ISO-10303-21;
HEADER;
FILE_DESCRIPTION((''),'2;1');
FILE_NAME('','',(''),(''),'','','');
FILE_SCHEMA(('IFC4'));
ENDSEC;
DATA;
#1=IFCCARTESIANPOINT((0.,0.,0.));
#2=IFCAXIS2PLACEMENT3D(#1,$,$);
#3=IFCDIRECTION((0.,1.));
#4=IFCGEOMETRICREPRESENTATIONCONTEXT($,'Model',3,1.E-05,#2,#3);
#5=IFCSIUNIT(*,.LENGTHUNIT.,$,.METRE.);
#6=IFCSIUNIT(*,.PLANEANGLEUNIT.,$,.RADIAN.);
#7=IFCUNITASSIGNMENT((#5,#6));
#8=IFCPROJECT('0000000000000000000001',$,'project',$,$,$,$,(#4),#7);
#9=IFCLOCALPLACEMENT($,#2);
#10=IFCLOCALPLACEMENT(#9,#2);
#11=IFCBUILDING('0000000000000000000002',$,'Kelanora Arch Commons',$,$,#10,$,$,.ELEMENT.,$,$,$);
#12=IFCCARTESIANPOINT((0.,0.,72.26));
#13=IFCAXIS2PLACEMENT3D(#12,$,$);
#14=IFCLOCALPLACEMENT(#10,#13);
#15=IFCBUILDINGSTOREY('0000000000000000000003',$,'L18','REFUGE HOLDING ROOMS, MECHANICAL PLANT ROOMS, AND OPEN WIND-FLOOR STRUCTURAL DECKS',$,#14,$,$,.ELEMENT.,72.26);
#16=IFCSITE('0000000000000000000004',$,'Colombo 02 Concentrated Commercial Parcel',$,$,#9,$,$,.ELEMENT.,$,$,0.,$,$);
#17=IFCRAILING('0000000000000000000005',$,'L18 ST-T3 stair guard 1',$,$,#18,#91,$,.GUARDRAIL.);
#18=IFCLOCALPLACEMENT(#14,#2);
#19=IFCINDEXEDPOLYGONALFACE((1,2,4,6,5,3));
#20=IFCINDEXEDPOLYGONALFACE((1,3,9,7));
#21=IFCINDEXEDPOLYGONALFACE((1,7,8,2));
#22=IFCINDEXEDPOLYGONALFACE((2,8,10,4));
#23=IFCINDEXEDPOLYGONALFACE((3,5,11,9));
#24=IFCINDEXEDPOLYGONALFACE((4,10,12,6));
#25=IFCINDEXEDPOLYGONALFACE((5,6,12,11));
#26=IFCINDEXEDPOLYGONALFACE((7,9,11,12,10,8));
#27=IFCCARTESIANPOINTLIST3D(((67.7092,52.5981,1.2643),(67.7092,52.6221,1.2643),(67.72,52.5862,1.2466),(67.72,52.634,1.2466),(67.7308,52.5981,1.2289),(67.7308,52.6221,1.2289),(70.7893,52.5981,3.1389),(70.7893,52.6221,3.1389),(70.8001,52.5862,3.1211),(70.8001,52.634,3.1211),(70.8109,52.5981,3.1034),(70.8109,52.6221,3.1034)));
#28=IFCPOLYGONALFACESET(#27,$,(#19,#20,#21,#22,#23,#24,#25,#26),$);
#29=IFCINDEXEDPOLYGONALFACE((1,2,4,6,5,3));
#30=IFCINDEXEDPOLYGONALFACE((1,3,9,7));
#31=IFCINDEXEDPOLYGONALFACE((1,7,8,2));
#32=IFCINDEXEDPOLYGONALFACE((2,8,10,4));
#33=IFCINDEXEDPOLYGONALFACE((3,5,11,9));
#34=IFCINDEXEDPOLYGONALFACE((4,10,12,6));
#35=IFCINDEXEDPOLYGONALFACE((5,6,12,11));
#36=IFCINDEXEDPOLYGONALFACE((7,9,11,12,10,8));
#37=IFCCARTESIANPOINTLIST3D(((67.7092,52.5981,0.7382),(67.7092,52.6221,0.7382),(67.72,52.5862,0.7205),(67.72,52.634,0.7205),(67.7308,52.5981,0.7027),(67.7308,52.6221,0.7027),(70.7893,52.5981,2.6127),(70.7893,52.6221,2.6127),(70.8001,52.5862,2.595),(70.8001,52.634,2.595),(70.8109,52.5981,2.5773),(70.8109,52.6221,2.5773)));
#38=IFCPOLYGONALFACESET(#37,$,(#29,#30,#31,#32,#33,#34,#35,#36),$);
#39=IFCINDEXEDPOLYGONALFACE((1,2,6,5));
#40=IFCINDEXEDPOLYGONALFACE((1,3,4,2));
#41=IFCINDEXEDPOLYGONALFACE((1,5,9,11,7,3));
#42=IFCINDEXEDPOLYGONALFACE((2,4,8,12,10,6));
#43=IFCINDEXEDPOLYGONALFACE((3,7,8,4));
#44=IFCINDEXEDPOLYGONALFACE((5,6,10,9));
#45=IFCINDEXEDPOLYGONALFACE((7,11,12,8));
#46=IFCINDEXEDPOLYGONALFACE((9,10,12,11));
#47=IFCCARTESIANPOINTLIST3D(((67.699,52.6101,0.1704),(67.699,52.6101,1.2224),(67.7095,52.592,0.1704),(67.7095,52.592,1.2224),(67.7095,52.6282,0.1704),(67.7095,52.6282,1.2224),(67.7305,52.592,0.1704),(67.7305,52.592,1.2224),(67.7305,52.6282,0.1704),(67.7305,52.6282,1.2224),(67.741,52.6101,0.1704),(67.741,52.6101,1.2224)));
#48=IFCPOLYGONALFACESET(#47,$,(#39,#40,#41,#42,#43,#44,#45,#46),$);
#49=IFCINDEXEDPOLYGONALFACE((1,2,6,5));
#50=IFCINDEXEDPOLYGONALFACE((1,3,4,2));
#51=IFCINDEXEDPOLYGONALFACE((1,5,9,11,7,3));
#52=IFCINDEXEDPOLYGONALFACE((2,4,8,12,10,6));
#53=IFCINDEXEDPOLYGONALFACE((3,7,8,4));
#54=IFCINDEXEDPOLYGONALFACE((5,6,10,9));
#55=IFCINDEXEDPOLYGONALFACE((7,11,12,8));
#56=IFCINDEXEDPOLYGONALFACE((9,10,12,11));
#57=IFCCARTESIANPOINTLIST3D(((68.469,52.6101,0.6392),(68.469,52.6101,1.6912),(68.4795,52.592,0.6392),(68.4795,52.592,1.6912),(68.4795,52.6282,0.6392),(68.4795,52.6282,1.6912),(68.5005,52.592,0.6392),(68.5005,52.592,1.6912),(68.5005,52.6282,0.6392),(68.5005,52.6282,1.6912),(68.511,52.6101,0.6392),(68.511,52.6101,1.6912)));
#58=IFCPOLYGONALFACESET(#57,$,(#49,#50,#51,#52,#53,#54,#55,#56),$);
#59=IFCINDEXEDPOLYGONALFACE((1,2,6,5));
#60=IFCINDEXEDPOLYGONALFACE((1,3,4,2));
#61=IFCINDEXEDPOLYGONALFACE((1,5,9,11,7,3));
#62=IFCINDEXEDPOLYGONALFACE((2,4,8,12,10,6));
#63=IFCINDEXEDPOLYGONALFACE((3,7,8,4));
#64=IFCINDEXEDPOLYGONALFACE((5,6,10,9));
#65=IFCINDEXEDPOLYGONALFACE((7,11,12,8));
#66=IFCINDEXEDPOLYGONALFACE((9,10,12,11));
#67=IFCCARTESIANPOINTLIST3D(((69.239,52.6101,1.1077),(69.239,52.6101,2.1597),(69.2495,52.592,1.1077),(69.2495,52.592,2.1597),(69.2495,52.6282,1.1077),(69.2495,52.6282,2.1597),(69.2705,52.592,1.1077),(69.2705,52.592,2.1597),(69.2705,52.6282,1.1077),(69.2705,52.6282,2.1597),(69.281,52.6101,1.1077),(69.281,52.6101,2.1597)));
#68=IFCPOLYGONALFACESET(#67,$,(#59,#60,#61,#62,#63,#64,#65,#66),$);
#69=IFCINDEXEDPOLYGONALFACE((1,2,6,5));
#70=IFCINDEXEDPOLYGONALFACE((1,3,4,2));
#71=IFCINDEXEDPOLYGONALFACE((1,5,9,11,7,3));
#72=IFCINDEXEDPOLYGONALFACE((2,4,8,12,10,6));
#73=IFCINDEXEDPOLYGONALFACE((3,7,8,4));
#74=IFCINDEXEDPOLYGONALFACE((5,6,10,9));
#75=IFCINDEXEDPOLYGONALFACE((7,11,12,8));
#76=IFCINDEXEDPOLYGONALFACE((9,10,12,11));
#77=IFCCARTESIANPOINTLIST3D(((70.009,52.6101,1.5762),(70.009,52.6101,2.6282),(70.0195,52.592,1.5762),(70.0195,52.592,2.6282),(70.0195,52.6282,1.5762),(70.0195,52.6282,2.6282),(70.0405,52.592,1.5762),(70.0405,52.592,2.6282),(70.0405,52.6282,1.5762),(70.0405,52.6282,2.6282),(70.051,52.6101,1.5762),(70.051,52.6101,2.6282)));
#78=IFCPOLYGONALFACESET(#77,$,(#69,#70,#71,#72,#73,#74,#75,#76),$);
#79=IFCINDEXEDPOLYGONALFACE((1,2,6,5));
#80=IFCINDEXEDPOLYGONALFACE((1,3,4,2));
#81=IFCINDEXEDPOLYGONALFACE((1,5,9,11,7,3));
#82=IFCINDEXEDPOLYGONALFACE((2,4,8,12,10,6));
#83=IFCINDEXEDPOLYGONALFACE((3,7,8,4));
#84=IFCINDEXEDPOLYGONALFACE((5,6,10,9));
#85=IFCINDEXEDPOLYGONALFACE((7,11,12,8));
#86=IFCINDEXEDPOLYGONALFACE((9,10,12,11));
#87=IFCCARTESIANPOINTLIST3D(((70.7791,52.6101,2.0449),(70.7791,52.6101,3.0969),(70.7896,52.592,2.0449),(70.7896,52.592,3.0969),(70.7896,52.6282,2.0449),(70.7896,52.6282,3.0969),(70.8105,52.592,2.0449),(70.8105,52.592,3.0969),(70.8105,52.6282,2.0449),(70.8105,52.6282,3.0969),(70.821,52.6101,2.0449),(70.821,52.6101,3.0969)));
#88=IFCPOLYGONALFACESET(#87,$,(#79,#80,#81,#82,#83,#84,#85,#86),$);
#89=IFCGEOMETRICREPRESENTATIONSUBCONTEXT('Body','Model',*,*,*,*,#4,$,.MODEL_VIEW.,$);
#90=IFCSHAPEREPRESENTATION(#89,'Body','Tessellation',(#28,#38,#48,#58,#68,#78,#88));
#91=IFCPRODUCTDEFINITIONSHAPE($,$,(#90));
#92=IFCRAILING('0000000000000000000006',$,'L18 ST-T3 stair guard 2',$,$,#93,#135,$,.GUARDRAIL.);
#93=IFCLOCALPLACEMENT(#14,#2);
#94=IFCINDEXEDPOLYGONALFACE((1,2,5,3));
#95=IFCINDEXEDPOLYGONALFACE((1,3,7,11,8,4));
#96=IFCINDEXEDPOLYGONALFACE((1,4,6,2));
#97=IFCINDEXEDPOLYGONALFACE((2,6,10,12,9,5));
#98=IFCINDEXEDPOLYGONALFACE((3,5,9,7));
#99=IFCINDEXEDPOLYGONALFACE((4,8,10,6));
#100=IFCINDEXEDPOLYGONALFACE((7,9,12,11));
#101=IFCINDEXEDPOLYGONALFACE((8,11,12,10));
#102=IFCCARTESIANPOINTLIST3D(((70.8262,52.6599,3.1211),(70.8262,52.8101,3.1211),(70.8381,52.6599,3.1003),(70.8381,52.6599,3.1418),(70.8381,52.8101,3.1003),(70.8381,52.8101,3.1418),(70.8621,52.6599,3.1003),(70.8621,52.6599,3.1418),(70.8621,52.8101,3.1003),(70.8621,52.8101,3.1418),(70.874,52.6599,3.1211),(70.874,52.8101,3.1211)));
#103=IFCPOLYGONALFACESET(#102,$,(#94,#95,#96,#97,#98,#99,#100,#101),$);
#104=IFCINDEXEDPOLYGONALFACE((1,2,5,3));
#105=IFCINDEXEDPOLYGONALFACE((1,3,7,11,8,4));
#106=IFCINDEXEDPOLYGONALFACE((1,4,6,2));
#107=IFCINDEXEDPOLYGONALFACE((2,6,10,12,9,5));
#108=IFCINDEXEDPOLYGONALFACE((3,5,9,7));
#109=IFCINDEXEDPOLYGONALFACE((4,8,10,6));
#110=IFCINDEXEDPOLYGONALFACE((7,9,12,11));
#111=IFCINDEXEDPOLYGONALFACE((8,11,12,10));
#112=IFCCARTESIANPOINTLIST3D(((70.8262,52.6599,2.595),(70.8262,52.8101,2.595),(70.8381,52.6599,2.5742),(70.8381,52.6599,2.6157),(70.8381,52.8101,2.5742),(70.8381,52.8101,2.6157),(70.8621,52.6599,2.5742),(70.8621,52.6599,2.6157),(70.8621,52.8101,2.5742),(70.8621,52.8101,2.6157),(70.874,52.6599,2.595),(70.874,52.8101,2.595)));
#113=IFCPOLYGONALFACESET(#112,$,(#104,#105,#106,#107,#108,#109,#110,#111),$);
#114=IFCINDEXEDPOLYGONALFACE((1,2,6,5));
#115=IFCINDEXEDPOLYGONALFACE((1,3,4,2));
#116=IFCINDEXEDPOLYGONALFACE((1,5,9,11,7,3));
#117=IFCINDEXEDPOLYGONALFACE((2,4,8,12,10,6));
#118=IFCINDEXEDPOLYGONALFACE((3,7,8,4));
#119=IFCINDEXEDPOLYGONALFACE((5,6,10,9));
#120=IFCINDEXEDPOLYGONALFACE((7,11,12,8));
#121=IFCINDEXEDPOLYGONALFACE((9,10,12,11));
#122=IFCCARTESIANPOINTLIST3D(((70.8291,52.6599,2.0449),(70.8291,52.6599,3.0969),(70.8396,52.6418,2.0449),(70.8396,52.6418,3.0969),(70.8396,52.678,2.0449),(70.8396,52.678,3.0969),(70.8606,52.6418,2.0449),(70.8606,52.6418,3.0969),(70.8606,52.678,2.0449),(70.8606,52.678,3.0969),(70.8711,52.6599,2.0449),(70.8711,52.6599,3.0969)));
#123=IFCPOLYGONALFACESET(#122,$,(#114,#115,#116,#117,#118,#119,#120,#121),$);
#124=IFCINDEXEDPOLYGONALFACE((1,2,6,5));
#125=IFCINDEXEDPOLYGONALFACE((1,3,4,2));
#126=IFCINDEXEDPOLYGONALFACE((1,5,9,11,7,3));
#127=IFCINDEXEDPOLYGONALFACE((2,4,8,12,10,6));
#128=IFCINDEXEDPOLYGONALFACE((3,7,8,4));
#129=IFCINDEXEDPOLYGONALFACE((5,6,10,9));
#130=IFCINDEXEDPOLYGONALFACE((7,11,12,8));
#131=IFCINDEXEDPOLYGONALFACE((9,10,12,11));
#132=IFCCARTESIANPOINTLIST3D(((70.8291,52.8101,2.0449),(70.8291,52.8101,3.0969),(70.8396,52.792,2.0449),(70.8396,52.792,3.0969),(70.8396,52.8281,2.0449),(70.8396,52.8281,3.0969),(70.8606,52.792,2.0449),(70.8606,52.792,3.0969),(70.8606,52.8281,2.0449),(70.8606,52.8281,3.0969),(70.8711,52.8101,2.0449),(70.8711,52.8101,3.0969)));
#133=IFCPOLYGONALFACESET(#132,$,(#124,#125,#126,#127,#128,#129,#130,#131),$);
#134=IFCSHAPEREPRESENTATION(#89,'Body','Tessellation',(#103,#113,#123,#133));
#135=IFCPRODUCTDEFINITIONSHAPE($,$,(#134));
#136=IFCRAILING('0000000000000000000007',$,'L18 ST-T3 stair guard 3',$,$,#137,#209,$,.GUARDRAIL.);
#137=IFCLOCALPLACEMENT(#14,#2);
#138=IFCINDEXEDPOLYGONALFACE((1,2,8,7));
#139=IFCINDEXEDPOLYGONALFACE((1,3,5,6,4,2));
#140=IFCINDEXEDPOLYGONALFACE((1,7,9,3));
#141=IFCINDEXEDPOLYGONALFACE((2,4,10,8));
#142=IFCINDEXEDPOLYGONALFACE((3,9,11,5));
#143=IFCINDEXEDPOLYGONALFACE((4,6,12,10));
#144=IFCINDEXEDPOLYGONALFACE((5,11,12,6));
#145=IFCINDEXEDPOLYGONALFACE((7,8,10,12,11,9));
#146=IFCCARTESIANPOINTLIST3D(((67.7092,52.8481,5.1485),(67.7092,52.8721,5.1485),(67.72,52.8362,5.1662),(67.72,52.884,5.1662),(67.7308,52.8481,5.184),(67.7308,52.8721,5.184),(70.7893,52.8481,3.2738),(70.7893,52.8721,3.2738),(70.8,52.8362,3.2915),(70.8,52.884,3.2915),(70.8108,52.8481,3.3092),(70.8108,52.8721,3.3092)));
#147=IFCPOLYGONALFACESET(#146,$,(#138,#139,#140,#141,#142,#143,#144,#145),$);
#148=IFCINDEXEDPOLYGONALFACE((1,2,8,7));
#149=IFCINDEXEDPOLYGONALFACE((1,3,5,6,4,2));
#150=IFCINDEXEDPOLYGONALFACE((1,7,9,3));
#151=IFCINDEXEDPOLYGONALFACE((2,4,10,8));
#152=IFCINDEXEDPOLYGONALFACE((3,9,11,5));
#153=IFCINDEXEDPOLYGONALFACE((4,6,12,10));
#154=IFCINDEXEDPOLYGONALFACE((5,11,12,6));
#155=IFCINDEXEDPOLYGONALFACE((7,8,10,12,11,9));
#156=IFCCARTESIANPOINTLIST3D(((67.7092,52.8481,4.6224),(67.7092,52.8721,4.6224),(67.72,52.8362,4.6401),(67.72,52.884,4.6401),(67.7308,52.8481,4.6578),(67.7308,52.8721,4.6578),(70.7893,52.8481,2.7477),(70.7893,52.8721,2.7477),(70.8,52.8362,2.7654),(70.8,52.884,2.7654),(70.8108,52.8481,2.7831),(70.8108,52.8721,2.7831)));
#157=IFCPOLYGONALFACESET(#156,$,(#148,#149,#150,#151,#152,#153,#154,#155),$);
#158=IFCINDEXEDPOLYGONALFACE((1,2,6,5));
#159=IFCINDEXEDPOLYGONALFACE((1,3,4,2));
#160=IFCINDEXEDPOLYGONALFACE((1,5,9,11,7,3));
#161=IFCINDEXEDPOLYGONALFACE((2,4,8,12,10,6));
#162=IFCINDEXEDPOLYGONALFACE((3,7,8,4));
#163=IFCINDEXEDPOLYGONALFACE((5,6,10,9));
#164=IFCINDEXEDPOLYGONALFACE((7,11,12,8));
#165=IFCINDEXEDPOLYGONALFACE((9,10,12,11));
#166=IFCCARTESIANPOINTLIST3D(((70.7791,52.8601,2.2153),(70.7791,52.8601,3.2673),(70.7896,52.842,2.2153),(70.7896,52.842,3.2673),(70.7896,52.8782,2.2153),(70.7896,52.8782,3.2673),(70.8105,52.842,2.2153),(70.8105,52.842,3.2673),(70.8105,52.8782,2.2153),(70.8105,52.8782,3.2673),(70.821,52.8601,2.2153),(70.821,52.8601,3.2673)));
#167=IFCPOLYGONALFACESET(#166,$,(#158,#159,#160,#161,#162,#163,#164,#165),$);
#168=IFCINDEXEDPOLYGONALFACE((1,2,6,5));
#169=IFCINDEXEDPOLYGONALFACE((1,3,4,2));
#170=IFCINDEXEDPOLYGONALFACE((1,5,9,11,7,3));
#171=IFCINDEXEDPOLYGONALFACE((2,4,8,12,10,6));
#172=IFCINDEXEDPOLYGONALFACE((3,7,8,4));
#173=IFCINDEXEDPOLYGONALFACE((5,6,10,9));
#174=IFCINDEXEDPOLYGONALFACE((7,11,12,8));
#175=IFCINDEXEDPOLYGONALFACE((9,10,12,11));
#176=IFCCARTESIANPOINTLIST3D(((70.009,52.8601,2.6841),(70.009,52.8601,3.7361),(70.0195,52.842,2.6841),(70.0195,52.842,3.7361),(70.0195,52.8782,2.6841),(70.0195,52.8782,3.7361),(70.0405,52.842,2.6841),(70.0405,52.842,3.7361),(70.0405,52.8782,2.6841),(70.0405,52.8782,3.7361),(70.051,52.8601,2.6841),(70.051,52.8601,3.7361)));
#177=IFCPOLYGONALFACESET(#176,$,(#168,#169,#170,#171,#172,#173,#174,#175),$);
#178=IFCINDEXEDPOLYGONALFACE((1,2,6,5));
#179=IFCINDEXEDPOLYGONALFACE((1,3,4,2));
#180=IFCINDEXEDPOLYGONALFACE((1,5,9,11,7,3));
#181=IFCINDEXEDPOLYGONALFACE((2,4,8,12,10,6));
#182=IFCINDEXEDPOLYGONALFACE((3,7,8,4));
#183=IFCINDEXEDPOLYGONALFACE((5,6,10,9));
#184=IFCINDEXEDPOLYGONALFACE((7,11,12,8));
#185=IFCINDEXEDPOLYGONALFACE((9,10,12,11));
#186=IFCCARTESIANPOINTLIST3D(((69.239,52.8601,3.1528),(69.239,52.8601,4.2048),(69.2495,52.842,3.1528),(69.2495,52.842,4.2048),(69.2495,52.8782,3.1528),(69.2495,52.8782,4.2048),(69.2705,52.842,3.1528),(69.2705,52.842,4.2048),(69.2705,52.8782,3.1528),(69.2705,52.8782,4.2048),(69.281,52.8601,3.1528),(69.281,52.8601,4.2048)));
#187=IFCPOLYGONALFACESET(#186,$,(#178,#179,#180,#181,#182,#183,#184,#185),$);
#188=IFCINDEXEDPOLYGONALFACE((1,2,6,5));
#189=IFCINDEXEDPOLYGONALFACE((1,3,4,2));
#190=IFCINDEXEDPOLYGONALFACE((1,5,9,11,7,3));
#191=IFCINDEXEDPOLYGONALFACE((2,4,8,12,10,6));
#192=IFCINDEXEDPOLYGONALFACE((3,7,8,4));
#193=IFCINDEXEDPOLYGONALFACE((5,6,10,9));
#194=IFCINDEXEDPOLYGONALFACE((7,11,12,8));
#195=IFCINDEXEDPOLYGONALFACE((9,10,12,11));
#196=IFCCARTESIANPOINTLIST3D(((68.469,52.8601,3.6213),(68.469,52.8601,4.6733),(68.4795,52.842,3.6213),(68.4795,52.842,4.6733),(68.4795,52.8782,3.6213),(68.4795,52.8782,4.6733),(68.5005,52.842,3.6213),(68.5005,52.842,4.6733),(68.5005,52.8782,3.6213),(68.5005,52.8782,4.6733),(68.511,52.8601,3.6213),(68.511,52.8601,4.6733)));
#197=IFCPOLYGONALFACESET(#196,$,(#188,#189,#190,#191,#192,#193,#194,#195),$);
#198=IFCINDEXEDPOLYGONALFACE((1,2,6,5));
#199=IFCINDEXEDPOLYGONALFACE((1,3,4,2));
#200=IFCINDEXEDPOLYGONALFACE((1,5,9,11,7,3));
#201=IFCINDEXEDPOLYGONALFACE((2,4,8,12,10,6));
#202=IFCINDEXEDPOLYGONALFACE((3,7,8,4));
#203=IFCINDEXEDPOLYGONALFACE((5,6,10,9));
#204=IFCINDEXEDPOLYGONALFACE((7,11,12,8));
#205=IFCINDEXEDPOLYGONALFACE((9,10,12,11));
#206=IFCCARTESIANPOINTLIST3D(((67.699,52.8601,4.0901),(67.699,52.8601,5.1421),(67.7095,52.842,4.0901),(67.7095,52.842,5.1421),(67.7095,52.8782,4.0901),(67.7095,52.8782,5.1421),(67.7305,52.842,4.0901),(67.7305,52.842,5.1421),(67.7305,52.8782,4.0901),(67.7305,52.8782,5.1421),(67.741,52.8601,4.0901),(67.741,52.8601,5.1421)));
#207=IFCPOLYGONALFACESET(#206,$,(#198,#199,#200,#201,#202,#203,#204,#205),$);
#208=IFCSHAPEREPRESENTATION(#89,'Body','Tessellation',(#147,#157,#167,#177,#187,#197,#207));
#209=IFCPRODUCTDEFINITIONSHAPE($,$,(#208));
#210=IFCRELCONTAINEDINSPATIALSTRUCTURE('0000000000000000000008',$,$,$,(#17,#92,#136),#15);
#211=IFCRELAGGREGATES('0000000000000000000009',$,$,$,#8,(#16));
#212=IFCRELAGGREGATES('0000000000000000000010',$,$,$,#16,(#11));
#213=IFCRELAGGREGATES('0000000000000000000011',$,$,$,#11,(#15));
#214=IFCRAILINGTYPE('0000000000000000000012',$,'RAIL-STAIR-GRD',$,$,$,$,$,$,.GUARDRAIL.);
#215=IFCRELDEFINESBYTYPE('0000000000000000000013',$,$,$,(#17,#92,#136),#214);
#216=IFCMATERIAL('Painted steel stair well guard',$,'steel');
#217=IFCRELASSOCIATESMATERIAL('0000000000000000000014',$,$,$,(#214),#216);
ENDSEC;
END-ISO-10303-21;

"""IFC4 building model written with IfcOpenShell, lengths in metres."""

from ifc_helpers import new_model, si_unit, direction, frame, origin, place, context, subcontext, project, spatial, polyline, outline, extrude, material, type_object, element, save


model = new_model("IFC4")

# Units and contexts
model_context = context("Model", 3, precision=1e-05, world=origin(), true_north=direction((0.0, 1.0)))
body_context = subcontext(model_context, "Body", "Model", "MODEL_VIEW")
ifc_project = project(units=[si_unit("LENGTHUNIT", "METRE"), si_unit("PLANEANGLEUNIT", "RADIAN")], contexts=[model_context])

# Site, building, storey
site_placement = place(None, origin())
site = spatial("IfcSite", under=ifc_project, at=site_placement, Name="Colombo 02 Concentrated Commercial Parcel", CompositionType="ELEMENT", RefElevation=0.0)
building_placement = place(site_placement, origin())
building = spatial("IfcBuilding", under=site, at=building_placement, Name="Kelanora Arch Commons", CompositionType="ELEMENT")
storey_placement = place(building_placement, frame((0.0, 0.0, 72.26)))
storey = spatial("IfcBuildingStorey", under=building, at=storey_placement, Name="L18", Description="REFUGE HOLDING ROOMS, MECHANICAL PLANT ROOMS, AND OPEN WIND-FLOOR STRUCTURAL DECKS", CompositionType="ELEMENT", Elevation=72.26)

# Railings
ifc_material_1 = material(Name="Painted steel stair well guard", Category="steel")
railing_type_1 = type_object("IfcRailingType", Name="RAIL-STAIR-GRD", PredefinedType="GUARDRAIL", material=ifc_material_1)
railing_1_placement = place(storey_placement, frame((67.72, 52.6101, 0.1704)))
element("IfcRailing", 1, at=railing_1_placement, inside=storey, type_object=railing_type_1, Name="L18 ST-T3 stair guard 1", PredefinedType="GUARDRAIL", context=body_context, shape_type="SweptSolid", body=[
    extrude(outline(polyline([(0.0239, 0.0), (0.012, 0.0208), (-0.012, 0.0208), (-0.0239, 0.0), (-0.012, -0.0208), (0.012, -0.0208), (0.0239, 0.0)])), frame((0.0, 0.0, 1.0762), z_axis=(0.854238, 0.0, 0.519883), x_axis=(0.0, 1.0, 0.0)), (0.0, 0.0, 1.0), 3.6057),
    extrude(outline(polyline([(0.0239, 0.0), (0.012, 0.0208), (-0.012, 0.0208), (-0.0239, 0.0), (-0.012, -0.0208), (0.012, -0.0208), (0.0239, 0.0)])), frame((0.0, 0.0, 0.55), z_axis=(0.854238, 0.0, 0.519883), x_axis=(0.0, 1.0, 0.0)), (0.0, 0.0, 1.0), 3.6057),
    extrude(outline(polyline([(0.021, 0.0), (0.0105, 0.0181), (-0.0105, 0.0181), (-0.021, 0.0), (-0.0105, -0.0181), (0.0105, -0.0181), (0.021, 0.0)])), origin(), (0.0, 0.0, 1.0), 1.052),
    extrude(outline(polyline([(0.021, 0.0), (0.0105, 0.0181), (-0.0105, 0.0181), (-0.021, 0.0), (-0.0105, -0.0181), (0.0105, -0.0181), (0.021, 0.0)])), frame((0.77, 0.0, 0.4688)), (0.0, 0.0, 1.0), 1.052),
    extrude(outline(polyline([(0.021, 0.0), (0.0105, 0.0181), (-0.0105, 0.0181), (-0.021, 0.0), (-0.0105, -0.0181), (0.0105, -0.0181), (0.021, 0.0)])), frame((1.54, 0.0, 0.9373)), (0.0, 0.0, 1.0), 1.052),
    extrude(outline(polyline([(0.021, 0.0), (0.0105, 0.0181), (-0.0105, 0.0181), (-0.021, 0.0), (-0.0105, -0.0181), (0.0105, -0.0181), (0.021, 0.0)])), frame((2.3101, 0.0, 1.4058)), (0.0, 0.0, 1.0), 1.052),
    extrude(outline(polyline([(0.021, 0.0), (0.0105, 0.0181), (-0.0105, 0.0181), (-0.021, 0.0), (-0.0105, -0.0181), (0.0105, -0.0181), (0.021, 0.0)])), frame((3.0801, 0.0, 1.8745)), (0.0, 0.0, 1.0), 1.052),
])
railing_2_placement = place(storey_placement, frame((70.8501, 52.6599, 2.0449)))
element("IfcRailing", 2, at=railing_2_placement, inside=storey, type_object=railing_type_1, Name="L18 ST-T3 stair guard 2", PredefinedType="GUARDRAIL", context=body_context, shape_type="SweptSolid", body=[
    extrude(outline(polyline([(0.0239, 0.0), (0.012, 0.0208), (-0.012, 0.0208), (-0.0239, 0.0), (-0.012, -0.0208), (0.012, -0.0208), (0.0239, 0.0)])), frame((0.0, 0.0, 1.0762), z_axis=(0.0, 1.0, 0.0), x_axis=(-1.0, 0.0, 0.0)), (0.0, 0.0, 1.0), 0.1501),
    extrude(outline(polyline([(0.0239, 0.0), (0.012, 0.0208), (-0.012, 0.0208), (-0.0239, 0.0), (-0.012, -0.0208), (0.012, -0.0208), (0.0239, 0.0)])), frame((0.0, 0.0, 0.55), z_axis=(0.0, 1.0, 0.0), x_axis=(-1.0, 0.0, 0.0)), (0.0, 0.0, 1.0), 0.1501),
    extrude(outline(polyline([(0.021, 0.0), (0.0105, 0.0181), (-0.0105, 0.0181), (-0.021, 0.0), (-0.0105, -0.0181), (0.0105, -0.0181), (0.021, 0.0)])), origin(), (0.0, 0.0, 1.0), 1.052),
    extrude(outline(polyline([(0.021, 0.0), (0.0105, 0.0181), (-0.0105, 0.0181), (-0.021, 0.0), (-0.0105, -0.0181), (0.0105, -0.0181), (0.021, 0.0)])), frame((0.0, 0.1501, 0.0)), (0.0, 0.0, 1.0), 1.052),
])
railing_3_placement = place(storey_placement, frame((70.8, 52.8601, 2.2153)))
element("IfcRailing", 3, at=railing_3_placement, inside=storey, type_object=railing_type_1, Name="L18 ST-T3 stair guard 3", PredefinedType="GUARDRAIL", context=body_context, shape_type="SweptSolid", body=[
    extrude(outline(polyline([(0.0239, 0.0), (0.012, 0.0208), (-0.012, 0.0208), (-0.0239, 0.0), (-0.012, -0.0208), (0.012, -0.0208), (0.0239, 0.0)])), frame((0.0, 0.0, 1.0762), z_axis=(-0.854208, 0.0, 0.519932), x_axis=(0.0, -1.0, 0.0)), (0.0, 0.0, 1.0), 3.6057),
    extrude(outline(polyline([(0.0239, 0.0), (0.012, 0.0208), (-0.012, 0.0208), (-0.0239, 0.0), (-0.012, -0.0208), (0.012, -0.0208), (0.0239, 0.0)])), frame((0.0, 0.0, 0.55), z_axis=(-0.854208, 0.0, 0.519932), x_axis=(0.0, -1.0, 0.0)), (0.0, 0.0, 1.0), 3.6057),
    extrude(outline(polyline([(0.021, 0.0), (0.0105, 0.0181), (-0.0105, 0.0181), (-0.021, 0.0), (-0.0105, -0.0181), (0.0105, -0.0181), (0.021, 0.0)])), origin(), (0.0, 0.0, 1.0), 1.052),
    extrude(outline(polyline([(0.021, 0.0), (0.0105, 0.0181), (-0.0105, 0.0181), (-0.021, 0.0), (-0.0105, -0.0181), (0.0105, -0.0181), (0.021, 0.0)])), frame((-0.77, 0.0, 0.4688)), (0.0, 0.0, 1.0), 1.052),
    extrude(outline(polyline([(0.021, 0.0), (0.0105, 0.0181), (-0.0105, 0.0181), (-0.021, 0.0), (-0.0105, -0.0181), (0.0105, -0.0181), (0.021, 0.0)])), frame((-1.54, 0.0, 0.9375)), (0.0, 0.0, 1.0), 1.052),
    extrude(outline(polyline([(0.021, 0.0), (0.0105, 0.0181), (-0.0105, 0.0181), (-0.021, 0.0), (-0.0105, -0.0181), (0.0105, -0.0181), (0.021, 0.0)])), frame((-2.3101, 0.0, 1.406)), (0.0, 0.0, 1.0), 1.052),
    extrude(outline(polyline([(0.021, 0.0), (0.0105, 0.0181), (-0.0105, 0.0181), (-0.021, 0.0), (-0.0105, -0.0181), (0.0105, -0.0181), (0.021, 0.0)])), frame((-3.0801, 0.0, 1.8748)), (0.0, 0.0, 1.0), 1.052),
])

save(model, "model.ifc")
